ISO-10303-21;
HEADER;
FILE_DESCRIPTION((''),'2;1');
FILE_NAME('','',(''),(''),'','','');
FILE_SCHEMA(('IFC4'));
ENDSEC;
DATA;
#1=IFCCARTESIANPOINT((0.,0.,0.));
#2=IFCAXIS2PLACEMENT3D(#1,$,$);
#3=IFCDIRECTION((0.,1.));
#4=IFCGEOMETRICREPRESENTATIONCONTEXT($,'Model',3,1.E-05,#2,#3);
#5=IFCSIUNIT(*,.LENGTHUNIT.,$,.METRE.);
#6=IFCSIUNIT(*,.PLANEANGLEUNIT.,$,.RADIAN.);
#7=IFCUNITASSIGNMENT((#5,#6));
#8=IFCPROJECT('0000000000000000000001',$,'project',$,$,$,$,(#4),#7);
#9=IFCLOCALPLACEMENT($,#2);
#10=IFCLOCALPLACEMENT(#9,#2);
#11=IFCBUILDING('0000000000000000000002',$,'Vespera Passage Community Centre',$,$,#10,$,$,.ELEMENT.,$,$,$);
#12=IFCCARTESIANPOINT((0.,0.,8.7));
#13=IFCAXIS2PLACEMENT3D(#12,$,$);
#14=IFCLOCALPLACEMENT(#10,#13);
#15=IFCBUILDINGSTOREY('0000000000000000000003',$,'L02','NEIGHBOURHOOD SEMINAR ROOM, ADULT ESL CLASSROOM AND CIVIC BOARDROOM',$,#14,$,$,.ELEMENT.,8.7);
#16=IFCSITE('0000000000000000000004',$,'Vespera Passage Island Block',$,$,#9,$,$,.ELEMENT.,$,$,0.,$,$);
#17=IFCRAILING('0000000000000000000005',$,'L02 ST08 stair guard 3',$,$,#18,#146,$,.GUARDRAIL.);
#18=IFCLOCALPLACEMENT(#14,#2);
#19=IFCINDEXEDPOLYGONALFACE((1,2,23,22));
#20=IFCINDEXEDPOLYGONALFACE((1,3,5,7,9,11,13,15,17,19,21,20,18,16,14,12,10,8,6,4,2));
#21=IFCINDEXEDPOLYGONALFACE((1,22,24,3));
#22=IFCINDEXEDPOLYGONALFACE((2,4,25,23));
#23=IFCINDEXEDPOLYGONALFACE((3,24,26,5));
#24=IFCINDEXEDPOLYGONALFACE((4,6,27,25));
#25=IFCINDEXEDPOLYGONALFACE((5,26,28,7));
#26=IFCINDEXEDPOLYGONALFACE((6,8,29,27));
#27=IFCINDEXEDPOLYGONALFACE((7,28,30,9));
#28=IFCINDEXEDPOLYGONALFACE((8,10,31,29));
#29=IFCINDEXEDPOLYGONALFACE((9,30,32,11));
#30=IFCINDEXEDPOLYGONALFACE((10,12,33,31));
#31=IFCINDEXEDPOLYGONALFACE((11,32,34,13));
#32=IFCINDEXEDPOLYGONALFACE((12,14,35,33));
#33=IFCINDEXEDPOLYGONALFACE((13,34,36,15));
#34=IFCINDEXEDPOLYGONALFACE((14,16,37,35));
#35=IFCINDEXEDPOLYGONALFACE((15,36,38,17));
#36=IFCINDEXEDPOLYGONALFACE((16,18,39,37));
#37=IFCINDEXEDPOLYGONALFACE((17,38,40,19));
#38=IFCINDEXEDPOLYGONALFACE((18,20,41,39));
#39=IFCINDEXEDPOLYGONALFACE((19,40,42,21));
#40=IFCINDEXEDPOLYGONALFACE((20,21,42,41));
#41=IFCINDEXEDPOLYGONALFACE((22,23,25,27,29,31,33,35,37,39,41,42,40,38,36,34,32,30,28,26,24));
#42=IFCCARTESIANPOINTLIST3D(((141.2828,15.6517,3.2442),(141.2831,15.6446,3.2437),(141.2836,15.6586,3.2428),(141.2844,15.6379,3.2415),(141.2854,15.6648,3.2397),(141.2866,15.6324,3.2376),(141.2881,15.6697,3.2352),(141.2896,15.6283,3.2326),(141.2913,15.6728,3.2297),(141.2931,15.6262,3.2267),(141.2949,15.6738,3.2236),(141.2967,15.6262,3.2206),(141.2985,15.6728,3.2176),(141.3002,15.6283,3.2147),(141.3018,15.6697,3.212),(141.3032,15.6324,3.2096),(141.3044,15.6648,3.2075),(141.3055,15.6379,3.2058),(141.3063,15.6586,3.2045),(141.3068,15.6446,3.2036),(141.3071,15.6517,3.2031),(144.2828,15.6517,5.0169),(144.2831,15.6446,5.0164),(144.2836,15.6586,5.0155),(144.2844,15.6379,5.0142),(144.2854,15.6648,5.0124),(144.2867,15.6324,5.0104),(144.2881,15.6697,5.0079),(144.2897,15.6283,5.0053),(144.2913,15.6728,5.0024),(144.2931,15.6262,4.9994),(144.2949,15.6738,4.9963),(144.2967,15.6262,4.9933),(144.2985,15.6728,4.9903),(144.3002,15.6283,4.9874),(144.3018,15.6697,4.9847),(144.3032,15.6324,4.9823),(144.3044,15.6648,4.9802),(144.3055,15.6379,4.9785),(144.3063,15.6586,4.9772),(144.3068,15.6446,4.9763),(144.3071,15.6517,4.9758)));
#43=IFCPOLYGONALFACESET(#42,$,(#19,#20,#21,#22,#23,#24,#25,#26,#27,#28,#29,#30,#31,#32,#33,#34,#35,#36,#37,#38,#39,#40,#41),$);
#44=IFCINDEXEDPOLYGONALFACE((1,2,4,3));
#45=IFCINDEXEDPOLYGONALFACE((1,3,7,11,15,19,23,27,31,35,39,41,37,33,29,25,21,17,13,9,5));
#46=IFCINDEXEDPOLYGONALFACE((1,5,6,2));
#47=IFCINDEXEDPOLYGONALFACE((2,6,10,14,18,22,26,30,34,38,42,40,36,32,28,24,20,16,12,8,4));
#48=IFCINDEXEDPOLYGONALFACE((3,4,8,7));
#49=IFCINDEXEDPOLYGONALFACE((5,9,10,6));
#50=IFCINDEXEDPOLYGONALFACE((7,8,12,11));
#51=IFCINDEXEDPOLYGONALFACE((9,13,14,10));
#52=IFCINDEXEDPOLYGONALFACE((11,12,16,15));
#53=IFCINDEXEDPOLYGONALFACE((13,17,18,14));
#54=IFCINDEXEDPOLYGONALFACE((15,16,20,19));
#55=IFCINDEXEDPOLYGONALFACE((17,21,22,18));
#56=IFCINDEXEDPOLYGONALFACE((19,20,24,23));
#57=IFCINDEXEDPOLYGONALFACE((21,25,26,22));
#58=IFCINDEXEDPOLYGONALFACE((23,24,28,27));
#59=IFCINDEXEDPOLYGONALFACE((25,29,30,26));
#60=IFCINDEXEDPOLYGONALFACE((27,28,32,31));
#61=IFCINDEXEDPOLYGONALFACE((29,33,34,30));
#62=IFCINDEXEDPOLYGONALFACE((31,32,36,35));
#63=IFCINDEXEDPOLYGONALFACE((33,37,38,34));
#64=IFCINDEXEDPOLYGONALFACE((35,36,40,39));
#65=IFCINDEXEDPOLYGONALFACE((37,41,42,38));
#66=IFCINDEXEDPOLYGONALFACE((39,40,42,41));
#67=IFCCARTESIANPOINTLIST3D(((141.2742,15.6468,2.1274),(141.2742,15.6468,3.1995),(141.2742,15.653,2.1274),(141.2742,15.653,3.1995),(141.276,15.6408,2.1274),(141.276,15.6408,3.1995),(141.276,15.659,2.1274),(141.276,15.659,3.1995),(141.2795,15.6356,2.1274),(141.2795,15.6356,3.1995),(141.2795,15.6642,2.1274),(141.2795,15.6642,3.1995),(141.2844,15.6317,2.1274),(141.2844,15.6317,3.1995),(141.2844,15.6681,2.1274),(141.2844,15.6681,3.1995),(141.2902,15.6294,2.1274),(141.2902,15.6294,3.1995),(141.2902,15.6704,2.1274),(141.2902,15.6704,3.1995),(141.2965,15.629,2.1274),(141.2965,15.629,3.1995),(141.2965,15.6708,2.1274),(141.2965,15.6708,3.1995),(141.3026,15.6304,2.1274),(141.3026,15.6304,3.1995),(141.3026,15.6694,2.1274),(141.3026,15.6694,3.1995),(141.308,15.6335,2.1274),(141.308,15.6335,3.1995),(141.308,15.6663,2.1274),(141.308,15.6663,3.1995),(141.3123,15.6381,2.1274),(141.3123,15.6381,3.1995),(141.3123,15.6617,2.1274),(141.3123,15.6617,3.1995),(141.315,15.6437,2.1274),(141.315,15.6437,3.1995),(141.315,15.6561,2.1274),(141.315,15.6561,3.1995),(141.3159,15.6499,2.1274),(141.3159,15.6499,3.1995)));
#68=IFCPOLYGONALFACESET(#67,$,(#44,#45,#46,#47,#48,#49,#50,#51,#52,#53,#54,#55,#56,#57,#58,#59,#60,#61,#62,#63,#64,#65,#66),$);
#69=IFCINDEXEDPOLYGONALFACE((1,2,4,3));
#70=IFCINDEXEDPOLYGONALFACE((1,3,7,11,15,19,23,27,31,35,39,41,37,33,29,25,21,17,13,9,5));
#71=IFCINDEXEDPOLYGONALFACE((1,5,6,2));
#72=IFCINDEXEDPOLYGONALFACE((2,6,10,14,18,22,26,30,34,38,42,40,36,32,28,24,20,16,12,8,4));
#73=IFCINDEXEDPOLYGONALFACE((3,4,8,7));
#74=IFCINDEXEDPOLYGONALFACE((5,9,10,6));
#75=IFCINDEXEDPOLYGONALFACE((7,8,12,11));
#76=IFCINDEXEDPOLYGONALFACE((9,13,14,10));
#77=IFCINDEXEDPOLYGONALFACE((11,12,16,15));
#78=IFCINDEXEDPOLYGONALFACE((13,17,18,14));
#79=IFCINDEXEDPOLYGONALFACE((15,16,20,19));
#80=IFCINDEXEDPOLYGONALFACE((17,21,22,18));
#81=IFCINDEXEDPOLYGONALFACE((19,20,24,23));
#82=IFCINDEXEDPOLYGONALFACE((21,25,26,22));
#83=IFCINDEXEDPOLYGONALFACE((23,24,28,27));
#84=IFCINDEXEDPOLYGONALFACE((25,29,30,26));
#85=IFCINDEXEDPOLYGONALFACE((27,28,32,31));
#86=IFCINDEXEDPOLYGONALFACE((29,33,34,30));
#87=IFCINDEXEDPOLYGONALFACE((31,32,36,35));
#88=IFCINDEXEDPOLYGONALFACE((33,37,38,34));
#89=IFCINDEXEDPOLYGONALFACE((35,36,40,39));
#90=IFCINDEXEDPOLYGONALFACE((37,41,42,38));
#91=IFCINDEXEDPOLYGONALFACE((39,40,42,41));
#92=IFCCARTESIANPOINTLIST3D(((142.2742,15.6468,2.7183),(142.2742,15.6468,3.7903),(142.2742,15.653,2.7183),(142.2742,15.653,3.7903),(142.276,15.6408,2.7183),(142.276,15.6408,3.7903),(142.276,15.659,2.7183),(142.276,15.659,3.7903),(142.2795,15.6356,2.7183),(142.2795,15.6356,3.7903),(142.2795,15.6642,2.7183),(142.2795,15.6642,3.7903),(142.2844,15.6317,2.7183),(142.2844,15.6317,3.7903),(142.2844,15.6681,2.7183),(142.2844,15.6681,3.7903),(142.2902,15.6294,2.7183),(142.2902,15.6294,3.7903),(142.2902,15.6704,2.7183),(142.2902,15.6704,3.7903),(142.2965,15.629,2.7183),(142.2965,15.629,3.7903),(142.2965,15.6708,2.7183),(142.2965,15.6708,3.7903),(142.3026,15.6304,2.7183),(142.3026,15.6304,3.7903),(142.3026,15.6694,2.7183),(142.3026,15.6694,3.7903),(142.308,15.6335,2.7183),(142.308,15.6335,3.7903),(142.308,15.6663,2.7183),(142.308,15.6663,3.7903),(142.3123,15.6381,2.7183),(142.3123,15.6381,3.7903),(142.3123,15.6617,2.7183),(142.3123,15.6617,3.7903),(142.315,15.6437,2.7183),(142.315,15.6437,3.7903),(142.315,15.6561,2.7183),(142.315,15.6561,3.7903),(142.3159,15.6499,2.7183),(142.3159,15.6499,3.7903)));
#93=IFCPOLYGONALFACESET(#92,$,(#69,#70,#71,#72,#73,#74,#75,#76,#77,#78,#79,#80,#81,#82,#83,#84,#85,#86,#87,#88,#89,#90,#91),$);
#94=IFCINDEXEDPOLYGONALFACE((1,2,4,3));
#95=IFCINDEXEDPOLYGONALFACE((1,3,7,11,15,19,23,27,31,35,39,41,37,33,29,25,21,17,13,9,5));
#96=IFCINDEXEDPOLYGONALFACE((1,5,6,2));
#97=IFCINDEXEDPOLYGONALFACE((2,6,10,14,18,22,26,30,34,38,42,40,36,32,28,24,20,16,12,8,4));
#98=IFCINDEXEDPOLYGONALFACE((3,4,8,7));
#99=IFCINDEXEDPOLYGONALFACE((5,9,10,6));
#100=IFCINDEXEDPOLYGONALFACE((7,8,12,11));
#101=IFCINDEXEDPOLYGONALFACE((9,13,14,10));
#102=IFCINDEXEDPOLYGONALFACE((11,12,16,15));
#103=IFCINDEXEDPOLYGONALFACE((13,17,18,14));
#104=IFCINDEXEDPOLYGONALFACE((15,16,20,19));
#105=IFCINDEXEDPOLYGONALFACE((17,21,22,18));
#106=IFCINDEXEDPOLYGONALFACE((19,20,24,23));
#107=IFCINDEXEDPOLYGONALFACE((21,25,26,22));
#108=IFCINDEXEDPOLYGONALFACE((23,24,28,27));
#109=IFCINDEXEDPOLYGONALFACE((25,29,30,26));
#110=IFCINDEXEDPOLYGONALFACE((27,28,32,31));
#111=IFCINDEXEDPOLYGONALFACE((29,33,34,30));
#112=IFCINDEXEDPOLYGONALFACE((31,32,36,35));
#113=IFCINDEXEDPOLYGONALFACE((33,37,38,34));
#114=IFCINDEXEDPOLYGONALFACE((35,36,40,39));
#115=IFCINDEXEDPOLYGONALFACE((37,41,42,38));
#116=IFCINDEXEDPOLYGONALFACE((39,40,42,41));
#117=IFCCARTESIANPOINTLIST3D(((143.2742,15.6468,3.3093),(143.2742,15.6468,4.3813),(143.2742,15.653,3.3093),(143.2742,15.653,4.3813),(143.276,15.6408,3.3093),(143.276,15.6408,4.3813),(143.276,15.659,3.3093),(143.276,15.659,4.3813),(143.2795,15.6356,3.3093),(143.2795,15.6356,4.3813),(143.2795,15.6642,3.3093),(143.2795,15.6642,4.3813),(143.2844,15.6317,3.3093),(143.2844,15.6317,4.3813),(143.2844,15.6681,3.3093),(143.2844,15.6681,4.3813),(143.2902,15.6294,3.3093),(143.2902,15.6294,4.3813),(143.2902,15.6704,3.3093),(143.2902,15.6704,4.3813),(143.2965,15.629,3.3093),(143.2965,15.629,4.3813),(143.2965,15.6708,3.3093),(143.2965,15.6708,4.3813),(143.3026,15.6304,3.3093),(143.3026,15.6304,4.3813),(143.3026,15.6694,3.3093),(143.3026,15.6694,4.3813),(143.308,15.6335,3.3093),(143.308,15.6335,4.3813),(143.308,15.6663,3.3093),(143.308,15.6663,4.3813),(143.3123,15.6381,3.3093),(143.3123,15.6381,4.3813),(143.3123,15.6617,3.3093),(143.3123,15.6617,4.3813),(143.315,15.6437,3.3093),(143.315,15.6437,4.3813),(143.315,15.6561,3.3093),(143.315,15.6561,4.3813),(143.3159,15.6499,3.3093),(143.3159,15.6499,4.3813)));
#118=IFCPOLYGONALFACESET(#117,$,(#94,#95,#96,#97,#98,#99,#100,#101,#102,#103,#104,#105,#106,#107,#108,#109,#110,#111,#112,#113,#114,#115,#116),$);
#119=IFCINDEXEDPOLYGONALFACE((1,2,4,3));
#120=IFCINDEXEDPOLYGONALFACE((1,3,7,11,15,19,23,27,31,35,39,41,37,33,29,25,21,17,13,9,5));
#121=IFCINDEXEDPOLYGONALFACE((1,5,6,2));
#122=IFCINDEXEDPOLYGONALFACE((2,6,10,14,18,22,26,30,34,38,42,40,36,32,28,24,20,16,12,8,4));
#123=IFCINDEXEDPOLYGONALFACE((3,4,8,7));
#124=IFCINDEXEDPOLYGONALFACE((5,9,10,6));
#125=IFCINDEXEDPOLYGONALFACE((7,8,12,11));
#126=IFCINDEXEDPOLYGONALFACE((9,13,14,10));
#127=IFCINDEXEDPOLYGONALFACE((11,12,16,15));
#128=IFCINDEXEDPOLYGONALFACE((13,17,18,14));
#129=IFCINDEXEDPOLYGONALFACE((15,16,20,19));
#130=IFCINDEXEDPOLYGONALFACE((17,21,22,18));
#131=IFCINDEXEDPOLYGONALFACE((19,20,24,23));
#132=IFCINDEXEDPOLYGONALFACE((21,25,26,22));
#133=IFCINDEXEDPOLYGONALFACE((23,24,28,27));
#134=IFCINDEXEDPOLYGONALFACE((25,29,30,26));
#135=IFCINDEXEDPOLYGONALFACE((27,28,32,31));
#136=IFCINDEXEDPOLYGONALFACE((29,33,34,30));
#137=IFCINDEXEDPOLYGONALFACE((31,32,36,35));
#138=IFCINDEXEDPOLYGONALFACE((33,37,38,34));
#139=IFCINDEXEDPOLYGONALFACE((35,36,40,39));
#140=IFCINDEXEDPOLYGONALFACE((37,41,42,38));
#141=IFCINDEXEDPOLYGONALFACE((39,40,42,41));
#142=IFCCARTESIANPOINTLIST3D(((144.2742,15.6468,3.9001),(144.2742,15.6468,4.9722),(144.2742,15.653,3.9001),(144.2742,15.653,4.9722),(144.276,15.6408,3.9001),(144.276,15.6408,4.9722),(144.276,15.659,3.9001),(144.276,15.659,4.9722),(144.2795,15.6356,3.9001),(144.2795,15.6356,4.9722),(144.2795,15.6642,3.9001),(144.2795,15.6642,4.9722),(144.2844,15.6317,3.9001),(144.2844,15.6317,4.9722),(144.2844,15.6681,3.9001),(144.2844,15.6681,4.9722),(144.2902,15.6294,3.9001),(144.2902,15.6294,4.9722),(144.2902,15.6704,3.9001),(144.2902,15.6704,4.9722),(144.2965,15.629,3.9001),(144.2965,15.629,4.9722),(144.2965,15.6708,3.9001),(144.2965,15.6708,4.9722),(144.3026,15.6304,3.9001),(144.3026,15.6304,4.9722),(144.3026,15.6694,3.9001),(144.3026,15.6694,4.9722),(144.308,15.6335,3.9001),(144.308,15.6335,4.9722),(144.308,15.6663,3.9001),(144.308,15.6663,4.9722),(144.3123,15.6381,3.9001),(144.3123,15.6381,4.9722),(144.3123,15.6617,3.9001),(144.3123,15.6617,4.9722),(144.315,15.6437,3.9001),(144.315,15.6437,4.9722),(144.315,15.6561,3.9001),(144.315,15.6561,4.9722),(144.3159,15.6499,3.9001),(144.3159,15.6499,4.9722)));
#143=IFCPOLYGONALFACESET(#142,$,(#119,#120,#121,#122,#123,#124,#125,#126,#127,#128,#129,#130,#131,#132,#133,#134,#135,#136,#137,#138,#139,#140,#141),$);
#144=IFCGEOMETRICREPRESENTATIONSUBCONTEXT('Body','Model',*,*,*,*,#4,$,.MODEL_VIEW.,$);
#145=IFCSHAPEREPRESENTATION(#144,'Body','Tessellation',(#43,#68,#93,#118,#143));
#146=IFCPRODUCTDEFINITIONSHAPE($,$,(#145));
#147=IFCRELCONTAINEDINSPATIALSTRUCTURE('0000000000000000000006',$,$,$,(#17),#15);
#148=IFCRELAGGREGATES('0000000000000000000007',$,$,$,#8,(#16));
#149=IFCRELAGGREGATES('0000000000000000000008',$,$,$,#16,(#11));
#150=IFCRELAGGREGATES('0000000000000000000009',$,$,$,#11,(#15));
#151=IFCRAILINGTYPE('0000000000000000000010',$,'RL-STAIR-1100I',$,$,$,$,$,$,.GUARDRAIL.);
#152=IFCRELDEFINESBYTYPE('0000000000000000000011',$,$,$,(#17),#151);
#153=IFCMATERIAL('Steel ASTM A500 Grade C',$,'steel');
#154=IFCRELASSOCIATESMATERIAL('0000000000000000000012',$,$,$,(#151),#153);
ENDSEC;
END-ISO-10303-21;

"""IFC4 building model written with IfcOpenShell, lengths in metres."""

from ifc_helpers import new_model, si_unit, direction, frame, origin, origin_2d, place, context, subcontext, project, spatial, circle, extrude, material, type_object, element, save


model = new_model("IFC4")

# Units and contexts
model_context = context("Model", 3, precision=1e-05, world=origin(), true_north=direction((0.0, 1.0)))
body_context = subcontext(model_context, "Body", "Model", "MODEL_VIEW")
ifc_project = project(units=[si_unit("LENGTHUNIT", "METRE"), si_unit("PLANEANGLEUNIT", "RADIAN")], contexts=[model_context])

# Site, building, storey
site_placement = place(None, origin())
site = spatial("IfcSite", under=ifc_project, at=site_placement, Name="Vespera Passage Island Block", CompositionType="ELEMENT", RefElevation=0.0)
building_placement = place(site_placement, origin())
building = spatial("IfcBuilding", under=site, at=building_placement, Name="Vespera Passage Community Centre", CompositionType="ELEMENT")
storey_placement = place(building_placement, frame((0.0, 0.0, 8.7)))
storey = spatial("IfcBuildingStorey", under=building, at=storey_placement, Name="L02", Description="NEIGHBOURHOOD SEMINAR ROOM, ADULT ESL CLASSROOM AND CIVIC BOARDROOM", CompositionType="ELEMENT", Elevation=8.7)

# Railing
ifc_material_1 = material(Name="Steel ASTM A500 Grade C", Category="steel")
railing_type_1 = type_object("IfcRailingType", Name="RL-STAIR-1100I", PredefinedType="GUARDRAIL", material=ifc_material_1)
railing_1_placement = place(storey_placement, frame((141.2949, 15.6499, 2.1274)))
element("IfcRailing", 1, at=railing_1_placement, inside=storey, type_object=railing_type_1, Name="L02 ST08 stair guard 3", PredefinedType="GUARDRAIL", context=body_context, shape_type="SweptSolid", body=[
    extrude(circle(Radius=0.0239, at=origin_2d()), frame((0.0, 0.0, 1.0962), z_axis=(0.860929, 0.0, 0.508725), x_axis=(0.0, 1.0, 0.0)), (0.0, 0.0, 1.0), 3.4846),
    extrude(circle(Radius=0.021, at=origin_2d()), origin(), (0.0, 0.0, 1.0), 1.072),
    extrude(circle(Radius=0.021, at=origin_2d()), frame((1.0, 0.0, 0.5908)), (0.0, 0.0, 1.0), 1.072),
    extrude(circle(Radius=0.021, at=origin_2d()), frame((2.0, 0.0, 1.1819)), (0.0, 0.0, 1.0), 1.072),
    extrude(circle(Radius=0.021, at=origin_2d()), frame((3.0, 0.0, 1.7727)), (0.0, 0.0, 1.0), 1.072),
])

save(model, "model.ifc")
